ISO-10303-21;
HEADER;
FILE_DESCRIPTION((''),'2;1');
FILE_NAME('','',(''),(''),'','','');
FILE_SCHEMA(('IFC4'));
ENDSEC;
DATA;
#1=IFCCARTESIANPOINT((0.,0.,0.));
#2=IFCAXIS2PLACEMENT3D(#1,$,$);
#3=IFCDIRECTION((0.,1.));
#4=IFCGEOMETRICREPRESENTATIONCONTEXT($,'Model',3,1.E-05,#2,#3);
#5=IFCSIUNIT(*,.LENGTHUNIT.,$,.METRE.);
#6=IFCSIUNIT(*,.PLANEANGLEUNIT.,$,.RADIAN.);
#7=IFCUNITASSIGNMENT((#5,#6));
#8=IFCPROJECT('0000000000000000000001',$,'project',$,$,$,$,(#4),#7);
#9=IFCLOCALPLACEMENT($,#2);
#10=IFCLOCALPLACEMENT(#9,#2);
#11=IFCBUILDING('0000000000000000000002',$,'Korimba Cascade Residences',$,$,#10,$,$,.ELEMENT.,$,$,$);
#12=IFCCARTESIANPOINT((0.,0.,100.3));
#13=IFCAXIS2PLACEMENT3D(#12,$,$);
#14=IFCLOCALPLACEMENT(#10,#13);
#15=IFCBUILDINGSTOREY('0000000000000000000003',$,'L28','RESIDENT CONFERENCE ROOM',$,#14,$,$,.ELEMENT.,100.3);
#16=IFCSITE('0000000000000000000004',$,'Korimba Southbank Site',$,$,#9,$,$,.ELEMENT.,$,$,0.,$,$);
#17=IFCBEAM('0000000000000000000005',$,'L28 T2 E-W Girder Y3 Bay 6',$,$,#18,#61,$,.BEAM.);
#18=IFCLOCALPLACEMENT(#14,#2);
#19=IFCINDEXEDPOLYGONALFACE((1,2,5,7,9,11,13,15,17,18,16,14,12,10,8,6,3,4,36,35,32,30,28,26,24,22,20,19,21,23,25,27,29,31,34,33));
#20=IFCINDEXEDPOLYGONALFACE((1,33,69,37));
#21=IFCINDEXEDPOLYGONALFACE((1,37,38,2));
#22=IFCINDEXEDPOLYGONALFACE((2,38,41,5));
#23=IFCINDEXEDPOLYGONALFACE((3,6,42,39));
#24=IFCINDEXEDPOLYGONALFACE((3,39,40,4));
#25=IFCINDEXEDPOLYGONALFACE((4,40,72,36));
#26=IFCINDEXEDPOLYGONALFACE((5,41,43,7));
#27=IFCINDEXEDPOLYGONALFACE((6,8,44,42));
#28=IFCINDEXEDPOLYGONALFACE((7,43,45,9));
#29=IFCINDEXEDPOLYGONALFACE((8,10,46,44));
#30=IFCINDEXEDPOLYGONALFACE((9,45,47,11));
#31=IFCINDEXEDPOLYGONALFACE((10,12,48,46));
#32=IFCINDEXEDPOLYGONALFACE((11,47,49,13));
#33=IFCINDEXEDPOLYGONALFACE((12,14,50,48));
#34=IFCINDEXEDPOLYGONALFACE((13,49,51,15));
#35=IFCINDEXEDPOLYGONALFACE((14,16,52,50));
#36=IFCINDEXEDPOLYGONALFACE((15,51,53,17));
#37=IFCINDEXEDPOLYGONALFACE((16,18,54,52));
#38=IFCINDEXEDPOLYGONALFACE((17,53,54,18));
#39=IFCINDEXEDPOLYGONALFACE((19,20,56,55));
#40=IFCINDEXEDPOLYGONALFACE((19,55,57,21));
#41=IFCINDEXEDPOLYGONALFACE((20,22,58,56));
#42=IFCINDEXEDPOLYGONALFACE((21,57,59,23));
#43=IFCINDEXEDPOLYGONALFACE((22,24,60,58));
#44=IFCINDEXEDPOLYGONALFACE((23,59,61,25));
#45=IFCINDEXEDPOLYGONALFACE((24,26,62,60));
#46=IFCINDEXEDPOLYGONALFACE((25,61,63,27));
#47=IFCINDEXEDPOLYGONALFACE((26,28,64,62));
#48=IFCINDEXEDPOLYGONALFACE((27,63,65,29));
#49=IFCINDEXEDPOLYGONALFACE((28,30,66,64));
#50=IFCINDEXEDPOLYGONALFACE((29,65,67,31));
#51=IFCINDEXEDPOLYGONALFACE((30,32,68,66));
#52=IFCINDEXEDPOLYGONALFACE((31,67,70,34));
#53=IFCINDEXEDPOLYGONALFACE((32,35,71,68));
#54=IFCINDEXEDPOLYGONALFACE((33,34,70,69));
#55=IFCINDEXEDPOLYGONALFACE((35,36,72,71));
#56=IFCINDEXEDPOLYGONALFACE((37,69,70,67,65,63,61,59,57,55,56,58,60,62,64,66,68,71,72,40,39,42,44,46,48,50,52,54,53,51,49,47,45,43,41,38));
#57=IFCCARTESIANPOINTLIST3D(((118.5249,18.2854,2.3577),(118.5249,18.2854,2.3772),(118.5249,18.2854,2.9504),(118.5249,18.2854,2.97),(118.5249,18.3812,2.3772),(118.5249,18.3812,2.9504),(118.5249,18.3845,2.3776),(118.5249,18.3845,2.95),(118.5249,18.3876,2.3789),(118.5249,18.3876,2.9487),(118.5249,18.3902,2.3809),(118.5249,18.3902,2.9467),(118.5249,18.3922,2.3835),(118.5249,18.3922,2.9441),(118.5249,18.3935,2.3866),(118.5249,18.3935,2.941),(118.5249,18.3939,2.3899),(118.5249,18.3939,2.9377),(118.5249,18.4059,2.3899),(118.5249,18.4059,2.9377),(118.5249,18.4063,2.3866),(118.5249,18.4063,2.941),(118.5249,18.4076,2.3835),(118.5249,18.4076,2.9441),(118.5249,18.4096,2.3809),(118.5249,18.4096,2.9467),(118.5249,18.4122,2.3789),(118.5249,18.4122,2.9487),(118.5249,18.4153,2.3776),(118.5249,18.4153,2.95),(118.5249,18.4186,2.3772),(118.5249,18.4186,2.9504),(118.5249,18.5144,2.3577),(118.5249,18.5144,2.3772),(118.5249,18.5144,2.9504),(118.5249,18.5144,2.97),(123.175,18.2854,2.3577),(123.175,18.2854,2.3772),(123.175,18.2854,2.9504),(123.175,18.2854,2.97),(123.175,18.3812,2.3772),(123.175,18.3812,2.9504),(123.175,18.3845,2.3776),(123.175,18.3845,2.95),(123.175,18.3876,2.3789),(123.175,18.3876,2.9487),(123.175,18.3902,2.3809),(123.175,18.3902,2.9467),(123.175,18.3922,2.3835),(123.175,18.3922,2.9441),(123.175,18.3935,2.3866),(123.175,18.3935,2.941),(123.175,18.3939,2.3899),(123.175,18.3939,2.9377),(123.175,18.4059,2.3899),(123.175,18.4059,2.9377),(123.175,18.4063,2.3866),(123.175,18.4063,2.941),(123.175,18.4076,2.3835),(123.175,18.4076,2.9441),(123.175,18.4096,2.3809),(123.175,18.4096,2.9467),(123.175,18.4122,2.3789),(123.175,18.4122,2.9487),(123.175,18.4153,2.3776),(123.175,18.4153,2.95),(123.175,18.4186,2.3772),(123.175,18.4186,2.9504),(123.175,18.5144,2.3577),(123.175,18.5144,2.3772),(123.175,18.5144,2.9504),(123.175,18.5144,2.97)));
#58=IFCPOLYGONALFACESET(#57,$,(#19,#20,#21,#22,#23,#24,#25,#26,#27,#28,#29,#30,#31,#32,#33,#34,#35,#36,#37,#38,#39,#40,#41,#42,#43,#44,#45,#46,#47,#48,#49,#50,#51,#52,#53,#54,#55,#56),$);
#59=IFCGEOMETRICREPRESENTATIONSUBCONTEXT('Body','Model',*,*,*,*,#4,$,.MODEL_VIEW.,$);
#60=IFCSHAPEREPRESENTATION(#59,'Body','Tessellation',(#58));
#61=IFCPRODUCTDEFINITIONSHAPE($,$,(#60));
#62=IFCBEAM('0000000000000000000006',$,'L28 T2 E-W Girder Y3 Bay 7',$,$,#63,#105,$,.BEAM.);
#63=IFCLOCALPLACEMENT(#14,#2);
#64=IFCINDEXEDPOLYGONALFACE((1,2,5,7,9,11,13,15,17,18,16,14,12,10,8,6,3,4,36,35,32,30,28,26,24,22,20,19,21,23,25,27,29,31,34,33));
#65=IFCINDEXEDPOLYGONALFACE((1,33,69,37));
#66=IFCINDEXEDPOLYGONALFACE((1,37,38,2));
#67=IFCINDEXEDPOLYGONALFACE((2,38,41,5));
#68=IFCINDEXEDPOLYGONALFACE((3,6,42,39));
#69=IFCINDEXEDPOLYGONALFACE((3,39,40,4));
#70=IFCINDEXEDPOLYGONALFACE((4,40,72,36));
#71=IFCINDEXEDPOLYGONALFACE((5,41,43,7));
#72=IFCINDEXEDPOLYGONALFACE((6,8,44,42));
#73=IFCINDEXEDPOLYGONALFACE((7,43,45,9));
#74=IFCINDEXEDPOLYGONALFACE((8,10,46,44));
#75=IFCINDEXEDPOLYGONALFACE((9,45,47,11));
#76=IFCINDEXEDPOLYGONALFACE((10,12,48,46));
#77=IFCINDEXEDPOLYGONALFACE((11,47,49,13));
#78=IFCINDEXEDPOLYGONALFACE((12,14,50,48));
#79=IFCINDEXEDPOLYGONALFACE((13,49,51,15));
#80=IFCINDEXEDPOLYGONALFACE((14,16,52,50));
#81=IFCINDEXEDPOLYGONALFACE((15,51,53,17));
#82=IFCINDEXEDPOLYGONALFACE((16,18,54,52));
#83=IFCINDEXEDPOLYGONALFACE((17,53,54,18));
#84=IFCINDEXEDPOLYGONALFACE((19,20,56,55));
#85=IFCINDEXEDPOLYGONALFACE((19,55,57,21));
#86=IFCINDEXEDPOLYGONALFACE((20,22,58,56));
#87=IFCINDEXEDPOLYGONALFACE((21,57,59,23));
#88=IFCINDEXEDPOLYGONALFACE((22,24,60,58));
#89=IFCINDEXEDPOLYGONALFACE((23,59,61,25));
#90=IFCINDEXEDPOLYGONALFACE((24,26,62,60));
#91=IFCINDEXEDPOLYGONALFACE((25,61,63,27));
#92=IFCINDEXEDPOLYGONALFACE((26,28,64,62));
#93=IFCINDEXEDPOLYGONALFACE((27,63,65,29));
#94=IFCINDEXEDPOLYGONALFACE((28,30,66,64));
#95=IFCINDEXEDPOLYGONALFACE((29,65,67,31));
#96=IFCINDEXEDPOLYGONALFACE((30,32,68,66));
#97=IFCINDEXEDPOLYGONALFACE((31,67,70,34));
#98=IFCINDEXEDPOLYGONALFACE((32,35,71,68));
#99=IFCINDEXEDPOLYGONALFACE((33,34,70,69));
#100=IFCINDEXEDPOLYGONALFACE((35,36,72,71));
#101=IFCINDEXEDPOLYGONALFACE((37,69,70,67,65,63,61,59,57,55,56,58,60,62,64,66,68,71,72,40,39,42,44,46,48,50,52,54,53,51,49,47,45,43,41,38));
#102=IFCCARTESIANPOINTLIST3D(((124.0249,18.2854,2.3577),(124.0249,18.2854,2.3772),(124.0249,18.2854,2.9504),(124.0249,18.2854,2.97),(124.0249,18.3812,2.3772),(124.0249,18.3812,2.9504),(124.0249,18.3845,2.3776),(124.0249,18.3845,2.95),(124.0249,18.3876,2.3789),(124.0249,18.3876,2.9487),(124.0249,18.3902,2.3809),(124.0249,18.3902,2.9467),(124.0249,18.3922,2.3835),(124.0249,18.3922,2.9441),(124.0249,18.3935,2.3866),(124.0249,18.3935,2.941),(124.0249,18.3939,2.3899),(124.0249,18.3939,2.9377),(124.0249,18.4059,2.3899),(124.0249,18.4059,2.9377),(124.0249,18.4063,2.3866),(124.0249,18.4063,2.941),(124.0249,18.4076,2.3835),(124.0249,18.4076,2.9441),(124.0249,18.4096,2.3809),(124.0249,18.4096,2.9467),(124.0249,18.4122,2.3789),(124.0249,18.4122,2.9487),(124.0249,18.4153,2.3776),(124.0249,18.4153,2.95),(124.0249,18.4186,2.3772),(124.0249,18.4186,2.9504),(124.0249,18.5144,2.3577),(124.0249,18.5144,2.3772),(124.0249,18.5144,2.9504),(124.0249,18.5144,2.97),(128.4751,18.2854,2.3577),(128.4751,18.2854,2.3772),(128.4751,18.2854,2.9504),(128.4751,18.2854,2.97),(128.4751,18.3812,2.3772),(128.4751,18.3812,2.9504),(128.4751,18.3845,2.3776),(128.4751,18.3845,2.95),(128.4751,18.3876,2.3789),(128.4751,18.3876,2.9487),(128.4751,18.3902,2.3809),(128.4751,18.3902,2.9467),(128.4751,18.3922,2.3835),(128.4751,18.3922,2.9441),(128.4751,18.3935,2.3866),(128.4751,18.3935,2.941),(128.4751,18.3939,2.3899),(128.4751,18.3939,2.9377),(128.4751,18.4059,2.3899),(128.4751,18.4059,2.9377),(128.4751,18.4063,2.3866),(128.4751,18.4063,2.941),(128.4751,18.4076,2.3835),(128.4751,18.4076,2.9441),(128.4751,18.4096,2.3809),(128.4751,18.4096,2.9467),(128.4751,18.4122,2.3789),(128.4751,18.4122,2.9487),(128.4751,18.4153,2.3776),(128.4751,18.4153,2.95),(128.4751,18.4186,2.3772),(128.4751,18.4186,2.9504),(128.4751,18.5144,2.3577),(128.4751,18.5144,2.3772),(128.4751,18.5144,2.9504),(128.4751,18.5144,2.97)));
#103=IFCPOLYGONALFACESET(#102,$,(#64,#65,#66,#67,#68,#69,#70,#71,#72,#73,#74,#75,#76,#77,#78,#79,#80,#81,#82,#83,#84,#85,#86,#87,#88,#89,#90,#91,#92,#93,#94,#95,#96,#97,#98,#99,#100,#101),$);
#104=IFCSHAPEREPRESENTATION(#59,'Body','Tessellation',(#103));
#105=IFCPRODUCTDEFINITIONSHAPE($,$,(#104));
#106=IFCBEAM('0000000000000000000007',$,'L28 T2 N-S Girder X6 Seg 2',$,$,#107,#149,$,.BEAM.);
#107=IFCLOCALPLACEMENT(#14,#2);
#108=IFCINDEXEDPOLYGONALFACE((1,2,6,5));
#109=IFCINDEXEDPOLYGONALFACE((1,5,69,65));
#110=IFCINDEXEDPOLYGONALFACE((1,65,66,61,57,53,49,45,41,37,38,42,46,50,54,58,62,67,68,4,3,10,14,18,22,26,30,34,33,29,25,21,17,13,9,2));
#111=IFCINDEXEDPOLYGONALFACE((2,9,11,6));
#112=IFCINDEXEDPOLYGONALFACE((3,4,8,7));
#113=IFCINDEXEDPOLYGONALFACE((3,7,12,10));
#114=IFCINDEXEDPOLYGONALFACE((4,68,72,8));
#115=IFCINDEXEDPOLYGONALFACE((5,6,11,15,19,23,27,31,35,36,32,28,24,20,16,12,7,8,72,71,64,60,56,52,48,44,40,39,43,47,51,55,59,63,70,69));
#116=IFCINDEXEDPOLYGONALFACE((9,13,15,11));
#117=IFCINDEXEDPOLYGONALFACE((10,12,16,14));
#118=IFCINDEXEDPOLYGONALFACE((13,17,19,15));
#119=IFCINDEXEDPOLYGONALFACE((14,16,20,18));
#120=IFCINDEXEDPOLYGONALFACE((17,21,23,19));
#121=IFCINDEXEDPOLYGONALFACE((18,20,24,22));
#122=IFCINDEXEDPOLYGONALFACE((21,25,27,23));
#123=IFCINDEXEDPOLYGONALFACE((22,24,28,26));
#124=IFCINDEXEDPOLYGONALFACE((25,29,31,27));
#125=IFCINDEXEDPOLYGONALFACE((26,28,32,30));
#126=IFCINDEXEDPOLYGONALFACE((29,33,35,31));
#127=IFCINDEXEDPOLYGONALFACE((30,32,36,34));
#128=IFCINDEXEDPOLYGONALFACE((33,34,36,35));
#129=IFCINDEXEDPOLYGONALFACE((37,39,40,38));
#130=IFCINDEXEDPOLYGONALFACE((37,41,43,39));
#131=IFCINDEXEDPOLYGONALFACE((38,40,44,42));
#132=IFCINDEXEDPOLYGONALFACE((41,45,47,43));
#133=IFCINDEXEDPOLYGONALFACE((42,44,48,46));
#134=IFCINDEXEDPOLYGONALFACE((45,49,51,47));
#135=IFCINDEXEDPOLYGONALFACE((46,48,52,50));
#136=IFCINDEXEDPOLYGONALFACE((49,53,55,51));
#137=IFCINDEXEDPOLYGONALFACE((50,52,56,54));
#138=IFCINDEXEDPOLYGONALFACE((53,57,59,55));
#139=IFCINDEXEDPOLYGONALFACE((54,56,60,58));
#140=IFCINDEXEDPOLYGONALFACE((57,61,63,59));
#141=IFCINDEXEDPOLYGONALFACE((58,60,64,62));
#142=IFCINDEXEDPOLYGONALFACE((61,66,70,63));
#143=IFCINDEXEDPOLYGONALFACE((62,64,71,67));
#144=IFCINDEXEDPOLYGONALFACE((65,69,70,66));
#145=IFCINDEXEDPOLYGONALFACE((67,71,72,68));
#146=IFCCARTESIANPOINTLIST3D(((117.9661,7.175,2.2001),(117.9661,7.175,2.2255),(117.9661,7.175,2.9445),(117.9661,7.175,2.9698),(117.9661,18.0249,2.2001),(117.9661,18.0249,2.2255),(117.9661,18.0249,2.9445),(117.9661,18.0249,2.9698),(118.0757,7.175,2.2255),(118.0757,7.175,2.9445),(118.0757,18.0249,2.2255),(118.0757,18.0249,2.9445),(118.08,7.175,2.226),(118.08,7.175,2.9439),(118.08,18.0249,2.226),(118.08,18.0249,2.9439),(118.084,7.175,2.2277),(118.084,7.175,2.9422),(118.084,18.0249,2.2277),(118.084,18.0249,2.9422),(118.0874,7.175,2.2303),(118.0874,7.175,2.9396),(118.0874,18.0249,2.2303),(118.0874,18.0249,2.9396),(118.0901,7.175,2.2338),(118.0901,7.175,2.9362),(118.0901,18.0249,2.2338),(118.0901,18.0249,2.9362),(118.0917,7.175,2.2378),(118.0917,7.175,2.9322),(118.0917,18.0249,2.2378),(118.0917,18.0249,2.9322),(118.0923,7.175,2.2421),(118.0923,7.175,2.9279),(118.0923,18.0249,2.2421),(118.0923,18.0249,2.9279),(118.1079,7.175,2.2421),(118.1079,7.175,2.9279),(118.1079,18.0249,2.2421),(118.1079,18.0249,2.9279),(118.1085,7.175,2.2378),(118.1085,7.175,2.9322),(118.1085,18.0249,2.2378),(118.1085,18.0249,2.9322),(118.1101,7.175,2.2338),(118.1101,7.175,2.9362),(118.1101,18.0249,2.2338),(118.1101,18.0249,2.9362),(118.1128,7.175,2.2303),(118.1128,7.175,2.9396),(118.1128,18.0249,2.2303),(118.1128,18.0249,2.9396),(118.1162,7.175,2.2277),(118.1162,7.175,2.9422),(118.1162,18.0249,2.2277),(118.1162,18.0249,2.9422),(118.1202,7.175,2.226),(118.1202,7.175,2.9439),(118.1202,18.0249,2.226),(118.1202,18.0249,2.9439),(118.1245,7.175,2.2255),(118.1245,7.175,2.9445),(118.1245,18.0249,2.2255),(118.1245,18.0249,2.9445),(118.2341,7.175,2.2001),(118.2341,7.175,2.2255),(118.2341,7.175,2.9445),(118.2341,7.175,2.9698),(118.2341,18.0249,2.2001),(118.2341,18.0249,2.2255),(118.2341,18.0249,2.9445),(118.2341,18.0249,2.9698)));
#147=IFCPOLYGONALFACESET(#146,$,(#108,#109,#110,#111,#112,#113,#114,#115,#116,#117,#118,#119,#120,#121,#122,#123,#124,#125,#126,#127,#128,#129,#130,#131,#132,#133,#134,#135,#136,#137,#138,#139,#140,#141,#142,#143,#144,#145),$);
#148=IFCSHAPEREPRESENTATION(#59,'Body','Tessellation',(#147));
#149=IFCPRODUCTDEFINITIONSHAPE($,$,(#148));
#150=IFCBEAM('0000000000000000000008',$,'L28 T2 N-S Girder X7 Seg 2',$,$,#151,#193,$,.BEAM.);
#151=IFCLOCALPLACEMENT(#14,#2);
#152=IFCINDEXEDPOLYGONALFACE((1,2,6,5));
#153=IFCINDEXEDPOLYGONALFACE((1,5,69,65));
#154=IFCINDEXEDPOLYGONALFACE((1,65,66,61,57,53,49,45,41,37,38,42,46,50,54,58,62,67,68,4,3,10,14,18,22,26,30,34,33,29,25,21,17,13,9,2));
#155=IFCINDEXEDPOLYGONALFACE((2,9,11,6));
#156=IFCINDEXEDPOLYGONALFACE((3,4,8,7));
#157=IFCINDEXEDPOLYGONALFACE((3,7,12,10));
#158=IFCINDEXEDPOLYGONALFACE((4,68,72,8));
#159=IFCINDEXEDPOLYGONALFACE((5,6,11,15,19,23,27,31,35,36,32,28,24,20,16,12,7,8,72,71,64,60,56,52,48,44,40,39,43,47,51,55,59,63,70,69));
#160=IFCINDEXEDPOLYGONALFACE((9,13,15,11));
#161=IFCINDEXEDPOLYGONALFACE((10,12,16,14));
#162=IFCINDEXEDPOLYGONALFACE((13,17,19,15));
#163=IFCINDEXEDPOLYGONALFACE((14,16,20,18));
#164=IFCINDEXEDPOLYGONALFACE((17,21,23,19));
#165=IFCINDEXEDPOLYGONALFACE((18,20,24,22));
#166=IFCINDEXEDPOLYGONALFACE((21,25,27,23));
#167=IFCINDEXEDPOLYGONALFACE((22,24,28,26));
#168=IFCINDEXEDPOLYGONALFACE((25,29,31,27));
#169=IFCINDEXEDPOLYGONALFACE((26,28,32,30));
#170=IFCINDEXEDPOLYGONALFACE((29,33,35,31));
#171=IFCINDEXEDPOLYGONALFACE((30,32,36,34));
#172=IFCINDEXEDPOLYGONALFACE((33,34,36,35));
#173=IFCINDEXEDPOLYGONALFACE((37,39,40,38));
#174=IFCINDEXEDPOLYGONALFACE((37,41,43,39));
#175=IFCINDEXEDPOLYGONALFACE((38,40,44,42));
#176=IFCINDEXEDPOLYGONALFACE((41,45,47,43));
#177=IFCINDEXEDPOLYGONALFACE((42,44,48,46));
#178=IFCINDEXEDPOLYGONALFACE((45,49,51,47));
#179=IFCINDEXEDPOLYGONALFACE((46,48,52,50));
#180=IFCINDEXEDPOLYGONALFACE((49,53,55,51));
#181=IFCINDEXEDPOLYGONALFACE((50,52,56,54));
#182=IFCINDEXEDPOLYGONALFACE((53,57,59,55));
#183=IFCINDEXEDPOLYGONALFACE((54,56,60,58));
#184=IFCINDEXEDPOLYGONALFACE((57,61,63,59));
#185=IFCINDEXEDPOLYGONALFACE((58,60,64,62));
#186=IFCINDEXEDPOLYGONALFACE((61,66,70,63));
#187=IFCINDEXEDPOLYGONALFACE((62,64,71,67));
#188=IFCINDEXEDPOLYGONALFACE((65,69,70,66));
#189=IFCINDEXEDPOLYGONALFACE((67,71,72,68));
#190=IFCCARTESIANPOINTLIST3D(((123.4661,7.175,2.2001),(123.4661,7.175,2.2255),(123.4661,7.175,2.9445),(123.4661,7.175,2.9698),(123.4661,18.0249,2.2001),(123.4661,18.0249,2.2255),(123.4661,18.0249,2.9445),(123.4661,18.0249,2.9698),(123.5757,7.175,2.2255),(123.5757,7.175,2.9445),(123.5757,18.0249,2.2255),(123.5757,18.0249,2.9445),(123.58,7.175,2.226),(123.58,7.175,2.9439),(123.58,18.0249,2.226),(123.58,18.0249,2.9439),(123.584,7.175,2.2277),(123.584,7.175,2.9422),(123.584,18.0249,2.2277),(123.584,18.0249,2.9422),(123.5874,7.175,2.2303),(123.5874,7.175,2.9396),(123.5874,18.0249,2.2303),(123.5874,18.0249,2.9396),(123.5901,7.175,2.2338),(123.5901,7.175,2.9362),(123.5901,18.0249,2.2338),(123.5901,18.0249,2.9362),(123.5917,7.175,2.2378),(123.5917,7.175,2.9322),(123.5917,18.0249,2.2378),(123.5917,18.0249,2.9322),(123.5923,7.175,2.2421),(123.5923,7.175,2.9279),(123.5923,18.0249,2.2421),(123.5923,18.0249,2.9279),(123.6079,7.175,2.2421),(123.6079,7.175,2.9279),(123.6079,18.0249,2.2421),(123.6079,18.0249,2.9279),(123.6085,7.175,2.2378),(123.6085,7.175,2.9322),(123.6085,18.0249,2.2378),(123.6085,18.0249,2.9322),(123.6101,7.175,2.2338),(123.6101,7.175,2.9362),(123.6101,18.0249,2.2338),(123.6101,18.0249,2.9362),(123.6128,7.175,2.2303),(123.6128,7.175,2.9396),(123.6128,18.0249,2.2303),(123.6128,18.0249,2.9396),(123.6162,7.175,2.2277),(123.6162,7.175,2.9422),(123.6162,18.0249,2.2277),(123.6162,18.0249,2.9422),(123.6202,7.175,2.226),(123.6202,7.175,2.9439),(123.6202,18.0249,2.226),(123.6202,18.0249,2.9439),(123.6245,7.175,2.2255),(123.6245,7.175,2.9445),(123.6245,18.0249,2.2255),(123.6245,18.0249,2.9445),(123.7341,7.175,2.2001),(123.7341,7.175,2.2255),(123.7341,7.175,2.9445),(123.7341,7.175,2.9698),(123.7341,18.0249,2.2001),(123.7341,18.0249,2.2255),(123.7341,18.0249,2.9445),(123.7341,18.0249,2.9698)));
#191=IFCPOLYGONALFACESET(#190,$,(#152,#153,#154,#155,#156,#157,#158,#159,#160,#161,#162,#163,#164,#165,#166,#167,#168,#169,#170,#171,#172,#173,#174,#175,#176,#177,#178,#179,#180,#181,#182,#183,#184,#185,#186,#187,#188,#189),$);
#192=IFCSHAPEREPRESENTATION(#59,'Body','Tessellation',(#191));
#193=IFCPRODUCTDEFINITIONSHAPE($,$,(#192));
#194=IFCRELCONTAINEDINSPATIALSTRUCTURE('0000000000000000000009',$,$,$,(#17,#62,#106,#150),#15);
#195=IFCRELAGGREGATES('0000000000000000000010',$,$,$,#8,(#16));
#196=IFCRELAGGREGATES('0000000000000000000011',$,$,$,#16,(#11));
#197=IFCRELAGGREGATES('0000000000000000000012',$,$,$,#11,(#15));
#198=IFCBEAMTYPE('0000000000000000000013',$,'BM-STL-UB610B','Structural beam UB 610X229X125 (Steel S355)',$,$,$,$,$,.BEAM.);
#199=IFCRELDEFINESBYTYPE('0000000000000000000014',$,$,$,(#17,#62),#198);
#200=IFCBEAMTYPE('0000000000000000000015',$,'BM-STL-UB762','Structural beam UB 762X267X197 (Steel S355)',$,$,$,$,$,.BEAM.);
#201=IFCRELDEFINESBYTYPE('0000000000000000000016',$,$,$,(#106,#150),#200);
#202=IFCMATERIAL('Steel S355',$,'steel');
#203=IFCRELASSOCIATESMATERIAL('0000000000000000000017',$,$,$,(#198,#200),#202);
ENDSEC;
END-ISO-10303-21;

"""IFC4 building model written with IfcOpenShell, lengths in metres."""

from ifc_helpers import new_model, si_unit, direction, frame, origin, origin_2d, place, context, subcontext, project, spatial, i_section, extrude, material, material_profile, profile_set, type_object, element, save


model = new_model("IFC4")

# Units and contexts
model_context = context("Model", 3, precision=1e-05, world=origin(), true_north=direction((0.0, 1.0)))
body_context = subcontext(model_context, "Body", "Model", "MODEL_VIEW")
ifc_project = project(units=[si_unit("LENGTHUNIT", "METRE"), si_unit("PLANEANGLEUNIT", "RADIAN")], contexts=[model_context])

# Site, building, storey
site_placement = place(None, origin())
site = spatial("IfcSite", under=ifc_project, at=site_placement, Name="Korimba Southbank Site", CompositionType="ELEMENT", RefElevation=0.0)
building_placement = place(site_placement, origin())
building = spatial("IfcBuilding", under=site, at=building_placement, Name="Korimba Cascade Residences", CompositionType="ELEMENT")
storey_placement = place(building_placement, frame((0.0, 0.0, 100.3)))
storey = spatial("IfcBuildingStorey", under=building, at=storey_placement, Name="L28", Description="RESIDENT CONFERENCE ROOM", CompositionType="ELEMENT", Elevation=100.3)

# Beams
ifc_material_1 = material(Name="Steel S355", Category="steel")
ifc_material_profile_1 = material_profile(ifc_material_1, i_section(OverallWidth=0.229, OverallDepth=0.6123, WebThickness=0.012, FlangeThickness=0.0195, FilletRadius=0.0127, at=origin_2d()), Name="Steel S355")
ifc_profile_set_1 = profile_set([ifc_material_profile_1], Name="Steel S355")
beam_type_1 = type_object("IfcBeamType", Name="BM-STL-UB610B", Description="Structural beam UB 610X229X125 (Steel S355)", PredefinedType="BEAM", material=ifc_profile_set_1)
beam_1_placement = place(storey_placement, frame((118.5249, 18.3999, 2.6638), z_axis=(1.0, 0.0, 0.0), x_axis=(0.0, 1.0, 0.0)))
element("IfcBeam", 1, at=beam_1_placement, inside=storey, type_object=beam_type_1, Name="L28 T2 E-W Girder Y3 Bay 6", PredefinedType="BEAM", context=body_context, shape_type="SweptSolid", body=[
    extrude(i_section(OverallWidth=0.229, OverallDepth=0.6123, WebThickness=0.012, FlangeThickness=0.0195, FilletRadius=0.0127, at=origin_2d()), origin(), (0.0, 0.0, 1.0), 4.6501),
])
beam_2_placement = place(storey_placement, frame((124.0249, 18.3999, 2.6638), z_axis=(1.0, 0.0, 0.0), x_axis=(0.0, 1.0, 0.0)))
element("IfcBeam", 2, at=beam_2_placement, inside=storey, type_object=beam_type_1, Name="L28 T2 E-W Girder Y3 Bay 7", PredefinedType="BEAM", context=body_context, shape_type="SweptSolid", body=[
    extrude(i_section(OverallWidth=0.229, OverallDepth=0.6123, WebThickness=0.012, FlangeThickness=0.0195, FilletRadius=0.0127, at=origin_2d()), origin(), (0.0, 0.0, 1.0), 4.4502),
])
ifc_material_profile_2 = material_profile(ifc_material_1, i_section(OverallWidth=0.2681, OverallDepth=0.7698, WebThickness=0.0156, FlangeThickness=0.0254, FilletRadius=0.0166, at=origin_2d()), Name="Steel S355")
ifc_profile_set_2 = profile_set([ifc_material_profile_2], Name="Steel S355")
beam_type_2 = type_object("IfcBeamType", Name="BM-STL-UB762", Description="Structural beam UB 762X267X197 (Steel S355)", PredefinedType="BEAM", material=ifc_profile_set_2)
for number, where, z_axis, x_axis, name in (
    (3, (118.1001, 7.175, 2.585), (0.0, 1.0, 0.0), (-1.0, 0.0, 0.0), "L28 T2 N-S Girder X6 Seg 2"),
    (4, (123.6001, 7.175, 2.585), (0.0, 1.0, 0.0), (-1.0, 0.0, 0.0), "L28 T2 N-S Girder X7 Seg 2"),
):
    element("IfcBeam", number, at=place(storey_placement, frame(where, z_axis=z_axis, x_axis=x_axis)), inside=storey, type_object=beam_type_2, Name=name, PredefinedType="BEAM", context=body_context, shape_type="SweptSolid", body=[
        extrude(i_section(OverallWidth=0.2681, OverallDepth=0.7698, WebThickness=0.0156, FlangeThickness=0.0254, FilletRadius=0.0166, at=origin_2d()), origin(), (0.0, 0.0, 1.0), 10.8499),
    ])

save(model, "model.ifc")
